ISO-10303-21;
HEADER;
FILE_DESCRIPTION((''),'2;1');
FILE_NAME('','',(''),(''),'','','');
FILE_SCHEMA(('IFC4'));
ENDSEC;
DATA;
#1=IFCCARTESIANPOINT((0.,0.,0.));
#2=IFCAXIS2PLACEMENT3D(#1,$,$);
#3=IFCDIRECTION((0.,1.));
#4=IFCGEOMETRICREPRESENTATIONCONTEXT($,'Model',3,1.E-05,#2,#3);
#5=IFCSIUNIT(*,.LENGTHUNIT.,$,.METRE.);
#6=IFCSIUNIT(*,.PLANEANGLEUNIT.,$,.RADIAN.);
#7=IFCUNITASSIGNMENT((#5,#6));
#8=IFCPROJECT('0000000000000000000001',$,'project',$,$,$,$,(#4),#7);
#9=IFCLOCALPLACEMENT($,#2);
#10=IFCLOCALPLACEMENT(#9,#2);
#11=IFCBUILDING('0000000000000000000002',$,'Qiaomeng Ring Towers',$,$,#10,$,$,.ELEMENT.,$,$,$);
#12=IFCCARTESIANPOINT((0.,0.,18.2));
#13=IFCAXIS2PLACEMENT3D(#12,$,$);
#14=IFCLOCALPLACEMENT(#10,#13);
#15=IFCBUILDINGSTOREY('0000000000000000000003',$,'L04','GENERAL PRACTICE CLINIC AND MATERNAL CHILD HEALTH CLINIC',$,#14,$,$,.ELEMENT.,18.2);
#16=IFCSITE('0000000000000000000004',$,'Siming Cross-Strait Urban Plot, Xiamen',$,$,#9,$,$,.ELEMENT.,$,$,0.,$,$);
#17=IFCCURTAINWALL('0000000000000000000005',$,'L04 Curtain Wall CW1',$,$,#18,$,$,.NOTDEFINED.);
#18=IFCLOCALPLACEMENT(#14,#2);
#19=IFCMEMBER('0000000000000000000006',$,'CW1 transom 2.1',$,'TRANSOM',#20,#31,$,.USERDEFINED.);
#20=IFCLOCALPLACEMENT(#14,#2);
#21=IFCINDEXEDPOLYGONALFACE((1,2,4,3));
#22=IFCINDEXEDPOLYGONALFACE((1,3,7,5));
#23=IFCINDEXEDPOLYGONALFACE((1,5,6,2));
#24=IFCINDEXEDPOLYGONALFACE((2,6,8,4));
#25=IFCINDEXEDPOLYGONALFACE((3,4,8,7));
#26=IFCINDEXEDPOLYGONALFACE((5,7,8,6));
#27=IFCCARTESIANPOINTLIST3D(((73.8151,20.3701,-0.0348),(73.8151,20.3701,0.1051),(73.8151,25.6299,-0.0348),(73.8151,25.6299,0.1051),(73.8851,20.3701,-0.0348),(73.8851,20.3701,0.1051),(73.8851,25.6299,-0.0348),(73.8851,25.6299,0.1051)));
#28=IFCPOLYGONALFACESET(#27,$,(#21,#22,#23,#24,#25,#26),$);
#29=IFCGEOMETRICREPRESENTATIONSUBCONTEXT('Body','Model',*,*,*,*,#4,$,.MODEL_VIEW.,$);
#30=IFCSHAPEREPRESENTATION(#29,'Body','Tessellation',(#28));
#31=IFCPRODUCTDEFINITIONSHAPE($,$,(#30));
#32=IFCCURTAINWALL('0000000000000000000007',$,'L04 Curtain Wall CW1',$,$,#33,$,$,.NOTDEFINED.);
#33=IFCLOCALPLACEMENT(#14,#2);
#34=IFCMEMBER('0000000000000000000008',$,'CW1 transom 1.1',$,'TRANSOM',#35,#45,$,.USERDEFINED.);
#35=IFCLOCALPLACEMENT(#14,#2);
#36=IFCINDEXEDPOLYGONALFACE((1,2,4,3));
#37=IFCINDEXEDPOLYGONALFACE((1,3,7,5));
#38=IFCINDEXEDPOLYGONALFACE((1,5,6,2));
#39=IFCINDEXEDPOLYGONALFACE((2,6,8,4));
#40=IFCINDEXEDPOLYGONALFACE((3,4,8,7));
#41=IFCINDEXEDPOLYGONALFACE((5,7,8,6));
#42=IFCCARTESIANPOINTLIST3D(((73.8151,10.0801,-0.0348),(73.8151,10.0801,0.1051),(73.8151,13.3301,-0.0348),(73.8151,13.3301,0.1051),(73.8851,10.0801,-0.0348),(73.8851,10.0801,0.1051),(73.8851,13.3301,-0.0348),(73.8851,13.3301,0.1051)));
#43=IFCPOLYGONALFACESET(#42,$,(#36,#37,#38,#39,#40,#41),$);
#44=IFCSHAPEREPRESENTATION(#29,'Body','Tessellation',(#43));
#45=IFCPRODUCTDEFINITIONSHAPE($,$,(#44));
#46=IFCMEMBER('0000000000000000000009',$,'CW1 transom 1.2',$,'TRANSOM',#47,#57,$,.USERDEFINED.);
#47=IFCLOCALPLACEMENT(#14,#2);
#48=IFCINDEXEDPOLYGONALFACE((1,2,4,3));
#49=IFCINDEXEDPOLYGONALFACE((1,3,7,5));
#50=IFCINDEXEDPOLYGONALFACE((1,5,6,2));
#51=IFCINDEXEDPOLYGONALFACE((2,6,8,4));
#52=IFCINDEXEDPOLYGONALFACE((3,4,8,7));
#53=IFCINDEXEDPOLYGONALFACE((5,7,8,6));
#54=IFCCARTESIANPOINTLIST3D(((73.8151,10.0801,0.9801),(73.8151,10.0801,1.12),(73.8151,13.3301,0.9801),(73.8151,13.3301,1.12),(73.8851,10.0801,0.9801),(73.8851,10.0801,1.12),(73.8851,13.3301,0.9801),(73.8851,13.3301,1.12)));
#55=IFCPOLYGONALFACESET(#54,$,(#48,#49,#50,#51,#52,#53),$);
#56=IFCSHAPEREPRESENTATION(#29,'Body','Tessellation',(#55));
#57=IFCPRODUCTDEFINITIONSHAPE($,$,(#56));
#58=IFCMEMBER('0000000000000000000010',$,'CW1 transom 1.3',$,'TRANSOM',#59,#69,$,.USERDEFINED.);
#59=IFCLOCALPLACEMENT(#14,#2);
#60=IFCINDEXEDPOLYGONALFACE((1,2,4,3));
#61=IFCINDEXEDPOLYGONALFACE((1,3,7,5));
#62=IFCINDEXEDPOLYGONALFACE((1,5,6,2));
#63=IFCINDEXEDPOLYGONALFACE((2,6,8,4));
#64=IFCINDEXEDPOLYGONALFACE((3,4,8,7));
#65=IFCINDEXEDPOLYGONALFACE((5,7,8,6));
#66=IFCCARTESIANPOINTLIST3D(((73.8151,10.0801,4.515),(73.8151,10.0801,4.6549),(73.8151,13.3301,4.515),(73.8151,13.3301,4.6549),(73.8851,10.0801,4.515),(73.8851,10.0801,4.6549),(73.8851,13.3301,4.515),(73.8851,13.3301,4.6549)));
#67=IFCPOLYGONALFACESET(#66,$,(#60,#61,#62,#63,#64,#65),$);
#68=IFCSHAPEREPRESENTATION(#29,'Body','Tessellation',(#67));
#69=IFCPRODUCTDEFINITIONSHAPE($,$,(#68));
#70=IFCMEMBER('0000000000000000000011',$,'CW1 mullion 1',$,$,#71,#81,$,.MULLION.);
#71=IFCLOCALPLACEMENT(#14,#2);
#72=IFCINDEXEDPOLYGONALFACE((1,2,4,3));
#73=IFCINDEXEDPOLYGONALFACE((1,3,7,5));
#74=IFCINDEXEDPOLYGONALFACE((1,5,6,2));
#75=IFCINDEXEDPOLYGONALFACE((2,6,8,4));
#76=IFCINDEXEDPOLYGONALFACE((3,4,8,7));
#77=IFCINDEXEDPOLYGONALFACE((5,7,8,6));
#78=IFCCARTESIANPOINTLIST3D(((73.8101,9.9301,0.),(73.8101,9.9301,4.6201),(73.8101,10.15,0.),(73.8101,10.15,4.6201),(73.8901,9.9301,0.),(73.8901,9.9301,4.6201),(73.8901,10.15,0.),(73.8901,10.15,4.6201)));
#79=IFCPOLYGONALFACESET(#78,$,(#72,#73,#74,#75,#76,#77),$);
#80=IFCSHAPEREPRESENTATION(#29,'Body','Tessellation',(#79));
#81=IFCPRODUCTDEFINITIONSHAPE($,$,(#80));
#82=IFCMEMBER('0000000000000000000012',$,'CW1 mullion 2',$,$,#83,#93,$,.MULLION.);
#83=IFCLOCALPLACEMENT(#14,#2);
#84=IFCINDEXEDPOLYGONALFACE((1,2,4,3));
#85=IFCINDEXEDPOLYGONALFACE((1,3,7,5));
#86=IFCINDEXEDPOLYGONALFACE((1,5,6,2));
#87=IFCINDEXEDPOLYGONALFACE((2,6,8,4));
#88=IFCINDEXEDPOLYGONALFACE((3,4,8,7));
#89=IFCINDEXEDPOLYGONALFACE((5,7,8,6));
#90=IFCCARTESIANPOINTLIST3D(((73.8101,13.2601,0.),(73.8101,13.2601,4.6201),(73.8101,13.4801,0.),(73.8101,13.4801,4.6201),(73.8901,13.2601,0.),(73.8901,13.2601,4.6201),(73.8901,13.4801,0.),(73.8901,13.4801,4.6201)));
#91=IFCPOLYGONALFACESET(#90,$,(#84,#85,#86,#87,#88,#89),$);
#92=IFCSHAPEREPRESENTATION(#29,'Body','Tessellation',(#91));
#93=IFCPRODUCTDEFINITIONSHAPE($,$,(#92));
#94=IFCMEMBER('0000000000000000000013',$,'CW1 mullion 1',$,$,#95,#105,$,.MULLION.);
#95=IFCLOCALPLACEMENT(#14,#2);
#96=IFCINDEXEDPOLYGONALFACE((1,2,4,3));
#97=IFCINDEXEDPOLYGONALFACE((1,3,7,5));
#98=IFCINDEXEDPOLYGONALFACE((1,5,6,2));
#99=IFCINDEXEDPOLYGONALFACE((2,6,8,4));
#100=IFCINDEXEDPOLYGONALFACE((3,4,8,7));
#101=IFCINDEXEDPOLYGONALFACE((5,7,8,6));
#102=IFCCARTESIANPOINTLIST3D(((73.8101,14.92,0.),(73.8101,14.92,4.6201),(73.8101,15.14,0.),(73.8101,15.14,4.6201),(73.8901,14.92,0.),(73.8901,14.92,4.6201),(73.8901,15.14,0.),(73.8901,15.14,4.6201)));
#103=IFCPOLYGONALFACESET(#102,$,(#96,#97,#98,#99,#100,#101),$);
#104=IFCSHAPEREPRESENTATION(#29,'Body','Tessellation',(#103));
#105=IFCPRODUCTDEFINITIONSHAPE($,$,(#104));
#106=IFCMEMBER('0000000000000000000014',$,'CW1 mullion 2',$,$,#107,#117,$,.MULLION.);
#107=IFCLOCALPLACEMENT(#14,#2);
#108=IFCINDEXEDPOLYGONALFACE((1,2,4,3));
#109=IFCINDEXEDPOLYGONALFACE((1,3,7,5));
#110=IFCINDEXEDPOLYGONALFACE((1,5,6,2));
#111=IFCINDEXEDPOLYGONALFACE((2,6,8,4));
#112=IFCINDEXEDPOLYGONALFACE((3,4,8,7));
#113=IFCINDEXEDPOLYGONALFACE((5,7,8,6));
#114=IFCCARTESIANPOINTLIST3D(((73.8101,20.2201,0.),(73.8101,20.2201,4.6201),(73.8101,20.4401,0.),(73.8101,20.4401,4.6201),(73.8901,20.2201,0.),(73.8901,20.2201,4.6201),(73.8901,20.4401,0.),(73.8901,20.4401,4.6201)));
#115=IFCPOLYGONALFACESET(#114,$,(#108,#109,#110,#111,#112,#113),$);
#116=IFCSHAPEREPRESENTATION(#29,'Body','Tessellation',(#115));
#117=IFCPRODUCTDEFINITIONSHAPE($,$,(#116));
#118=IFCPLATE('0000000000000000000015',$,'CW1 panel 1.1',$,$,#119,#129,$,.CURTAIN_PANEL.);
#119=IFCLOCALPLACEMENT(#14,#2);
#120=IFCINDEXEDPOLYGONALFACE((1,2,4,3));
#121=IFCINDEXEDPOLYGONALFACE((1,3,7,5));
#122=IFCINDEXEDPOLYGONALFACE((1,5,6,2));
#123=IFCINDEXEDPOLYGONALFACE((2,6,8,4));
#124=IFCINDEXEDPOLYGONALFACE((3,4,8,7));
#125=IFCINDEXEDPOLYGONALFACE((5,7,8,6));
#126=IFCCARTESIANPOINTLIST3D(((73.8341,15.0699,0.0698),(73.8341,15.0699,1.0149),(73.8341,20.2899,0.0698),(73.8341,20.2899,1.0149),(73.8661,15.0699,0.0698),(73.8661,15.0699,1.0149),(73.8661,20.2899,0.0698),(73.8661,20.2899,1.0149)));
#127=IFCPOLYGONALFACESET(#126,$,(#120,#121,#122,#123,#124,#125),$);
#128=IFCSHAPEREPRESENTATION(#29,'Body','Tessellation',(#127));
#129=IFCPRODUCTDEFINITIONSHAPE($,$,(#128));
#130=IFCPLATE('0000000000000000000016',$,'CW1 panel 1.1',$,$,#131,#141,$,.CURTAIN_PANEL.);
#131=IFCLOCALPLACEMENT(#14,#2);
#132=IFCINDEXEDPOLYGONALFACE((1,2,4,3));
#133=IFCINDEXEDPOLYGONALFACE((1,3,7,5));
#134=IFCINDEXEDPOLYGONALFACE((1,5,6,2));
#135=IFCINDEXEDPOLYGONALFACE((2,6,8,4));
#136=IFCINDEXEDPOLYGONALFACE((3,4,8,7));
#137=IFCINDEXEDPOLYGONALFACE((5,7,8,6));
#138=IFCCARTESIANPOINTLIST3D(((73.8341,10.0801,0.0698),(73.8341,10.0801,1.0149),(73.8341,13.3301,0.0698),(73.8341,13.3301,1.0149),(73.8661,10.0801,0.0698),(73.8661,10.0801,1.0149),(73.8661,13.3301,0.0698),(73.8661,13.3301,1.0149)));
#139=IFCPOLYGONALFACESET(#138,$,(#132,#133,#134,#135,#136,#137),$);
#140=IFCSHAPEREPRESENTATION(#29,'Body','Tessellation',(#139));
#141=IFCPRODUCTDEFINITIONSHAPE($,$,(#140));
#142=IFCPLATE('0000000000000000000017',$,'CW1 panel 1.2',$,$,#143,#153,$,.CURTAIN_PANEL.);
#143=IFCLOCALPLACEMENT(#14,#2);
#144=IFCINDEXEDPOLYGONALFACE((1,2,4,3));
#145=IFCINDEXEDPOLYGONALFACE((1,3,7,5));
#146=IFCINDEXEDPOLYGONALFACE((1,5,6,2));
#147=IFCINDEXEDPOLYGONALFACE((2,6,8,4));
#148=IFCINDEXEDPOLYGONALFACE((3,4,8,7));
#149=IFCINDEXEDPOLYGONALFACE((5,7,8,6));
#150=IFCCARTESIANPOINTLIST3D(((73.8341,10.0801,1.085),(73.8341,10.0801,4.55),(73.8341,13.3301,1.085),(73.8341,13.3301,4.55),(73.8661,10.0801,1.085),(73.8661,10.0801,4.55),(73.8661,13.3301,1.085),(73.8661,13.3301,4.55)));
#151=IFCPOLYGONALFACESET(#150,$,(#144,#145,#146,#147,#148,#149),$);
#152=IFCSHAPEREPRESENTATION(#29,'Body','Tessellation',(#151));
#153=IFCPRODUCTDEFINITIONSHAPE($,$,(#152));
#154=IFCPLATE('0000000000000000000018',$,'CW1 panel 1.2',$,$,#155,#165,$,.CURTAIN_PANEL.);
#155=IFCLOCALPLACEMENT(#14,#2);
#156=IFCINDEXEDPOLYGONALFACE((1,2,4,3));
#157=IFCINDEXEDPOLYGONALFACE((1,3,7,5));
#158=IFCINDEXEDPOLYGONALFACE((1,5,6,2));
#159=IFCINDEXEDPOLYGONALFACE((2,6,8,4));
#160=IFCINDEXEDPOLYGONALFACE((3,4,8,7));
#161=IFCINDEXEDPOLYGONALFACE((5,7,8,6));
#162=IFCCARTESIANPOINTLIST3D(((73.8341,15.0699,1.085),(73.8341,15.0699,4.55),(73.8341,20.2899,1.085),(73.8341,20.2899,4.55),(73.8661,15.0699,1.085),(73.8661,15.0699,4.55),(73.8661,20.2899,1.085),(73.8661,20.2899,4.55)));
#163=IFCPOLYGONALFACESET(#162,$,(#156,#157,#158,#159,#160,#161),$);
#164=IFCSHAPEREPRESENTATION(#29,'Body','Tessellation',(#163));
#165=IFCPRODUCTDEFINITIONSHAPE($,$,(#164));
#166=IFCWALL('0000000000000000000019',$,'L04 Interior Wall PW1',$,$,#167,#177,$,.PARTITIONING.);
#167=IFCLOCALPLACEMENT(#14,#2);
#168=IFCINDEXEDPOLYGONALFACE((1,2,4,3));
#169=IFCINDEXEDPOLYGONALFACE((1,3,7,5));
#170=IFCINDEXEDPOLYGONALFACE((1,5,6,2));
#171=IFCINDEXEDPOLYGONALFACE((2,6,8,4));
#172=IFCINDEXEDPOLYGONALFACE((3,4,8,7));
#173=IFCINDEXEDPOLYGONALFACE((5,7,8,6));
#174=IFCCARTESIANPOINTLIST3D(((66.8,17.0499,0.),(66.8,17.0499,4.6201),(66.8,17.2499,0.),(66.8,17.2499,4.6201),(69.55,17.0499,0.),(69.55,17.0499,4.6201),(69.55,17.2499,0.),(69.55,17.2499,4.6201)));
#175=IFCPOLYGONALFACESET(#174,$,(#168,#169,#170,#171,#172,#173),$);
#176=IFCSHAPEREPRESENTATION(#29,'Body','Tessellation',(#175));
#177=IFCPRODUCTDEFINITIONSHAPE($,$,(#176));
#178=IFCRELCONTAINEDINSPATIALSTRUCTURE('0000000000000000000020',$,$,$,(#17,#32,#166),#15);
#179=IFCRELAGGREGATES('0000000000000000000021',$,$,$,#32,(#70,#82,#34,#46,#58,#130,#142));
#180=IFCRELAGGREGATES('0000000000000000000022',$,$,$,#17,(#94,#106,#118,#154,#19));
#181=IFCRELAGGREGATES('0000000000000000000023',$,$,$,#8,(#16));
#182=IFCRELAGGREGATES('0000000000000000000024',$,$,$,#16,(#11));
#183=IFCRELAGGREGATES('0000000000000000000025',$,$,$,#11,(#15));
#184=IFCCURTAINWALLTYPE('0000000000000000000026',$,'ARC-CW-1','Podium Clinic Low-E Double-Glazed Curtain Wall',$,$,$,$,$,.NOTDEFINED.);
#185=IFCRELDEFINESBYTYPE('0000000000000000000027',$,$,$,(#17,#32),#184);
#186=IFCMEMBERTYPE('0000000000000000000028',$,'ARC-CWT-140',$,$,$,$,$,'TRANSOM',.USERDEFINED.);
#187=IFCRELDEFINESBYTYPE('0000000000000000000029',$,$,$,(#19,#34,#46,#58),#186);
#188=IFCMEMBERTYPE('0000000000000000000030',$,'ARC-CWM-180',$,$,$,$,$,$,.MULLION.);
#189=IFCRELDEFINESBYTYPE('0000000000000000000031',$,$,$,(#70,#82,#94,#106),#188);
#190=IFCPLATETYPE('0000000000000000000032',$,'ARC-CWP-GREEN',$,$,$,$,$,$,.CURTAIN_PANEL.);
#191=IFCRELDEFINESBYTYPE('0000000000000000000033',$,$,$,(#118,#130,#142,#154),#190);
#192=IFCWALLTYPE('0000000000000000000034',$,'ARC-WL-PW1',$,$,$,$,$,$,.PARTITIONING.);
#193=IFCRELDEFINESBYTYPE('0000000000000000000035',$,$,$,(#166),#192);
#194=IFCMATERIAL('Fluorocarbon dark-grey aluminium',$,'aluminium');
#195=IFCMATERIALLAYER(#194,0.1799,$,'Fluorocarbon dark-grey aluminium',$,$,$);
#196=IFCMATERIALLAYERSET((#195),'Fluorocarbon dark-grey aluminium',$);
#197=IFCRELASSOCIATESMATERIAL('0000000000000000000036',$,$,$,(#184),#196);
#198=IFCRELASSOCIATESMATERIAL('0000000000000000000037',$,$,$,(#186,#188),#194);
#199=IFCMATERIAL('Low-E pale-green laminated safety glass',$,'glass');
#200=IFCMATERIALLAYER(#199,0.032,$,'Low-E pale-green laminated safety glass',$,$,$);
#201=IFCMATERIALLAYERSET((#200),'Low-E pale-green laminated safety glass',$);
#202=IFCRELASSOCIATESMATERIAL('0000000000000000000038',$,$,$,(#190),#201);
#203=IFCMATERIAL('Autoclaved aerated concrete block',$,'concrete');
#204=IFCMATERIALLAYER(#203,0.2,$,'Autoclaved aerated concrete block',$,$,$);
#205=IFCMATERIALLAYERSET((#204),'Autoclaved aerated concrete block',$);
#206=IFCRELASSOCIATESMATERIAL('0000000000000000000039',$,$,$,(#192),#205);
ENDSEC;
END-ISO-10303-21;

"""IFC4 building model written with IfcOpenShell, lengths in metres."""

from ifc_helpers import new_model, si_unit, direction, frame, frame_2d, origin, origin_2d, place, context, subcontext, project, spatial, rectangle, extrude, source, transform, mapped, material, layer, layer_set, material_profile, profile_set, type_object, element, aggregate, save


model = new_model("IFC4")

# Units and contexts
model_context = context("Model", 3, precision=1e-05, world=origin(), true_north=direction((0.0, 1.0)))
body_context = subcontext(model_context, "Body", "Model", "MODEL_VIEW")
ifc_project = project(units=[si_unit("LENGTHUNIT", "METRE"), si_unit("PLANEANGLEUNIT", "RADIAN")], contexts=[model_context])

# Site, building, storey
site_placement = place(None, origin())
site = spatial("IfcSite", under=ifc_project, at=site_placement, Name="Siming Cross-Strait Urban Plot, Xiamen", CompositionType="ELEMENT", RefElevation=0.0)
building_placement = place(site_placement, origin())
building = spatial("IfcBuilding", under=site, at=building_placement, Name="Qiaomeng Ring Towers", CompositionType="ELEMENT")
storey_placement = place(building_placement, frame((0.0, 0.0, 18.2)))
storey = spatial("IfcBuildingStorey", under=building, at=storey_placement, Name="L04", Description="GENERAL PRACTICE CLINIC AND MATERNAL CHILD HEALTH CLINIC", CompositionType="ELEMENT", Elevation=18.2)

# Curtain walls, members
ifc_material_1 = material(Name="Fluorocarbon dark-grey aluminium", Category="aluminium")
ifc_layer_1 = layer(ifc_material_1, 0.1799, Name="Fluorocarbon dark-grey aluminium")
ifc_layer_set_1 = layer_set([ifc_layer_1], Name="Fluorocarbon dark-grey aluminium")
curtain_wall_type = type_object("IfcCurtainWallType", Name="ARC-CW-1", Description="Podium Clinic Low-E Double-Glazed Curtain Wall", PredefinedType="NOTDEFINED", material=ifc_layer_set_1)
curtain_wall_1_placement = place(storey_placement, origin())
curtain_wall_1 = element("IfcCurtainWall", 1, at=curtain_wall_1_placement, inside=storey, type_object=curtain_wall_type, Name="L04 Curtain Wall CW1", PredefinedType="NOTDEFINED")
ifc_material_profile_1 = material_profile(ifc_material_1, rectangle(XDim=0.0701, YDim=0.1399, at=origin_2d()), Name="ALU TRAN 70x140")
ifc_profile_set_1 = profile_set([ifc_material_profile_1], Name="Fluorocarbon dark-grey aluminium")
member_type_1 = type_object("IfcMemberType", Name="ARC-CWT-140", ElementType="TRANSOM", PredefinedType="USERDEFINED", material=ifc_profile_set_1)
shared_shape_1 = source(origin(), body_context, "Body", "SweptSolid", [
    extrude(rectangle(XDim=0.0701, YDim=0.1399, at=origin_2d()), origin(), (0.0, 0.0, 1.0), 5.2598),
])
member_1_placement = place(storey_placement, frame((73.8501, 20.3701, 0.0352), z_axis=(0.0, 1.0, 0.0), x_axis=(-1.0, 0.0, 0.0)))
member_1 = element("IfcMember", 2, at=member_1_placement, type_object=member_type_1, Name="CW1 transom 2.1", ObjectType="TRANSOM", PredefinedType="USERDEFINED", context=body_context, shape_type="MappedRepresentation", body=[
    mapped(shared_shape_1, transform((0.0, 0.0, 0.0), x_axis=(1.0, 0.0, 0.0), y_axis=(0.0, 1.0, 0.0), z_axis=(0.0, 0.0, 1.0), scale=1.0)),
])
curtain_wall_2_placement = place(storey_placement, origin())
curtain_wall_2 = element("IfcCurtainWall", 3, at=curtain_wall_2_placement, inside=storey, type_object=curtain_wall_type, Name="L04 Curtain Wall CW1", PredefinedType="NOTDEFINED")
shared_shape_2 = source(origin(), body_context, "Body", "SweptSolid", [
    extrude(rectangle(XDim=0.0701, YDim=0.1399, at=origin_2d()), origin(), (0.0, 0.0, 1.0), 3.25),
])
member_2_placement = place(storey_placement, frame((73.8501, 10.0801, 0.0352), z_axis=(0.0, 1.0, 0.0), x_axis=(-1.0, 0.0, 0.0)))
member_2 = element("IfcMember", 4, at=member_2_placement, type_object=member_type_1, Name="CW1 transom 1.1", ObjectType="TRANSOM", PredefinedType="USERDEFINED", context=body_context, shape_type="MappedRepresentation", body=[
    mapped(shared_shape_2, transform((0.0, 0.0, 0.0), x_axis=(1.0, 0.0, 0.0), y_axis=(0.0, 1.0, 0.0), z_axis=(0.0, 0.0, 1.0), scale=1.0)),
])
member_3_placement = place(storey_placement, frame((73.8501, 10.0801, 1.05), z_axis=(0.0, 1.0, 0.0), x_axis=(-1.0, 0.0, 0.0)))
member_3 = element("IfcMember", 5, at=member_3_placement, type_object=member_type_1, Name="CW1 transom 1.2", ObjectType="TRANSOM", PredefinedType="USERDEFINED", context=body_context, shape_type="MappedRepresentation", body=[
    mapped(shared_shape_2, transform((0.0, 0.0, 0.0), x_axis=(1.0, 0.0, 0.0), y_axis=(0.0, 1.0, 0.0), z_axis=(0.0, 0.0, 1.0), scale=1.0)),
])
member_4_placement = place(storey_placement, frame((73.8501, 10.0801, 4.585), z_axis=(0.0, 1.0, 0.0), x_axis=(-1.0, 0.0, 0.0)))
member_4 = element("IfcMember", 6, at=member_4_placement, type_object=member_type_1, Name="CW1 transom 1.3", ObjectType="TRANSOM", PredefinedType="USERDEFINED", context=body_context, shape_type="MappedRepresentation", body=[
    mapped(shared_shape_2, transform((0.0, 0.0, 0.0), x_axis=(1.0, 0.0, 0.0), y_axis=(0.0, 1.0, 0.0), z_axis=(0.0, 0.0, 1.0), scale=1.0)),
])
ifc_material_profile_2 = material_profile(ifc_material_1, rectangle(XDim=0.0801, YDim=0.22, at=origin_2d()), Name="ALU MULL 80x220")
ifc_profile_set_2 = profile_set([ifc_material_profile_2], Name="Fluorocarbon dark-grey aluminium")
member_type_2 = type_object("IfcMemberType", Name="ARC-CWM-180", PredefinedType="MULLION", material=ifc_profile_set_2)
shared_shape_3 = source(origin(), body_context, "Body", "SweptSolid", [
    extrude(rectangle(XDim=0.0801, YDim=0.22, at=origin_2d()), origin(), (0.0, 0.0, 1.0), 4.6201),
])
member_5_placement = place(storey_placement, frame((73.8501, 10.04, 0.0), z_axis=(0.0, 0.0, 1.0), x_axis=(-1.0, 0.0, 0.0)))
member_5 = element("IfcMember", 7, at=member_5_placement, type_object=member_type_2, Name="CW1 mullion 1", PredefinedType="MULLION", context=body_context, shape_type="MappedRepresentation", body=[
    mapped(shared_shape_3, transform((0.0, 0.0, 0.0), x_axis=(1.0, 0.0, 0.0), y_axis=(0.0, 1.0, 0.0), z_axis=(0.0, 0.0, 1.0), scale=1.0)),
])
member_6_placement = place(storey_placement, frame((73.8501, 13.3701, 0.0), z_axis=(0.0, 0.0, 1.0), x_axis=(-1.0, 0.0, 0.0)))
member_6 = element("IfcMember", 8, at=member_6_placement, type_object=member_type_2, Name="CW1 mullion 2", PredefinedType="MULLION", context=body_context, shape_type="MappedRepresentation", body=[
    mapped(shared_shape_3, transform((0.0, 0.0, 0.0), x_axis=(1.0, 0.0, 0.0), y_axis=(0.0, 1.0, 0.0), z_axis=(0.0, 0.0, 1.0), scale=1.0)),
])

# Members
member_7_placement = place(storey_placement, frame((73.8501, 15.03, 0.0), z_axis=(0.0, 0.0, 1.0), x_axis=(-1.0, 0.0, 0.0)))
member_7 = element("IfcMember", 9, at=member_7_placement, type_object=member_type_2, Name="CW1 mullion 1", PredefinedType="MULLION", context=body_context, shape_type="MappedRepresentation", body=[
    mapped(shared_shape_3, transform((0.0, 0.0, 0.0), x_axis=(1.0, 0.0, 0.0), y_axis=(0.0, 1.0, 0.0), z_axis=(0.0, 0.0, 1.0), scale=1.0)),
])
member_8_placement = place(storey_placement, frame((73.8501, 20.3301, 0.0), z_axis=(0.0, 0.0, 1.0), x_axis=(-1.0, 0.0, 0.0)))
member_8 = element("IfcMember", 10, at=member_8_placement, type_object=member_type_2, Name="CW1 mullion 2", PredefinedType="MULLION", context=body_context, shape_type="MappedRepresentation", body=[
    mapped(shared_shape_3, transform((0.0, 0.0, 0.0), x_axis=(1.0, 0.0, 0.0), y_axis=(0.0, 1.0, 0.0), z_axis=(0.0, 0.0, 1.0), scale=1.0)),
])

# Plates
ifc_material_2 = material(Name="Low-E pale-green laminated safety glass", Category="glass")
ifc_layer_2 = layer(ifc_material_2, 0.032, Name="Low-E pale-green laminated safety glass")
ifc_layer_set_2 = layer_set([ifc_layer_2], Name="Low-E pale-green laminated safety glass")
plate_type = type_object("IfcPlateType", Name="ARC-CWP-GREEN", PredefinedType="CURTAIN_PANEL", material=ifc_layer_set_2)
shared_shape_4 = source(origin(), body_context, "Body", "SweptSolid", [
    extrude(rectangle(XDim=5.22, YDim=0.032, at=origin_2d()), origin(), (0.0, 0.0, 1.0), 0.9451),
])
plate_1_placement = place(storey_placement, frame((73.8501, 17.6799, 0.0698), z_axis=(0.0, 0.0, 1.0), x_axis=(0.0, 1.0, 0.0)))
plate_1 = element("IfcPlate", 11, at=plate_1_placement, type_object=plate_type, Name="CW1 panel 1.1", PredefinedType="CURTAIN_PANEL", context=body_context, shape_type="MappedRepresentation", body=[
    mapped(shared_shape_4, transform((0.0, 0.0, 0.0), x_axis=(1.0, 0.0, 0.0), y_axis=(0.0, 1.0, 0.0), z_axis=(0.0, 0.0, 1.0), scale=1.0)),
])
shared_shape_5 = source(origin(), body_context, "Body", "SweptSolid", [
    extrude(rectangle(XDim=3.25, YDim=0.032, at=origin_2d()), origin(), (0.0, 0.0, 1.0), 0.9451),
])
plate_2_placement = place(storey_placement, frame((73.8501, 11.7051, 0.0698), z_axis=(0.0, 0.0, 1.0), x_axis=(0.0, 1.0, 0.0)))
plate_2 = element("IfcPlate", 12, at=plate_2_placement, type_object=plate_type, Name="CW1 panel 1.1", PredefinedType="CURTAIN_PANEL", context=body_context, shape_type="MappedRepresentation", body=[
    mapped(shared_shape_5, transform((0.0, 0.0, 0.0), x_axis=(1.0, 0.0, 0.0), y_axis=(0.0, 1.0, 0.0), z_axis=(0.0, 0.0, 1.0), scale=1.0)),
])
shared_shape_6 = source(origin(), body_context, "Body", "SweptSolid", [
    extrude(rectangle(XDim=3.25, YDim=0.032, at=origin_2d()), origin(), (0.0, 0.0, 1.0), 3.4651),
])
plate_3_placement = place(storey_placement, frame((73.8501, 11.7051, 1.085), z_axis=(0.0, 0.0, 1.0), x_axis=(0.0, 1.0, 0.0)))
plate_3 = element("IfcPlate", 13, at=plate_3_placement, type_object=plate_type, Name="CW1 panel 1.2", PredefinedType="CURTAIN_PANEL", context=body_context, shape_type="MappedRepresentation", body=[
    mapped(shared_shape_6, transform((0.0, 0.0, 0.0), x_axis=(1.0, 0.0, 0.0), y_axis=(0.0, 1.0, 0.0), z_axis=(0.0, 0.0, 1.0), scale=1.0)),
])
aggregate(curtain_wall_2, [member_5, member_6, member_2, member_3, member_4, plate_2, plate_3])
shared_shape_7 = source(origin(), body_context, "Body", "SweptSolid", [
    extrude(rectangle(XDim=5.22, YDim=0.032, at=origin_2d()), origin(), (0.0, 0.0, 1.0), 3.4651),
])
plate_4_placement = place(storey_placement, frame((73.8501, 17.6799, 1.085), z_axis=(0.0, 0.0, 1.0), x_axis=(0.0, 1.0, 0.0)))
plate_4 = element("IfcPlate", 14, at=plate_4_placement, type_object=plate_type, Name="CW1 panel 1.2", PredefinedType="CURTAIN_PANEL", context=body_context, shape_type="MappedRepresentation", body=[
    mapped(shared_shape_7, transform((0.0, 0.0, 0.0), x_axis=(1.0, 0.0, 0.0), y_axis=(0.0, 1.0, 0.0), z_axis=(0.0, 0.0, 1.0), scale=1.0)),
])
aggregate(curtain_wall_1, [member_7, member_8, plate_1, plate_4, member_1])

# Wall
ifc_material_3 = material(Name="Autoclaved aerated concrete block", Category="concrete")
ifc_layer_3 = layer(ifc_material_3, 0.2, Name="Autoclaved aerated concrete block")
ifc_layer_set_3 = layer_set([ifc_layer_3], Name="Autoclaved aerated concrete block")
wall_type_1 = type_object("IfcWallType", Name="ARC-WL-PW1", PredefinedType="PARTITIONING", material=ifc_layer_set_3)
wall_1_placement = place(storey_placement, frame((66.8, 17.1499, 0.0), z_axis=(0.0, 0.0, 1.0), x_axis=(1.0, 0.0, 0.0)))
element("IfcWall", 15, at=wall_1_placement, inside=storey, type_object=wall_type_1, Name="L04 Interior Wall PW1", PredefinedType="PARTITIONING", context=body_context, shape_type="SweptSolid", body=[
    extrude(rectangle(XDim=2.75, YDim=0.2, at=frame_2d((1.375, 0.0))), origin(), (0.0, 0.0, 1.0), 4.6201),
])

save(model, "model.ifc")
